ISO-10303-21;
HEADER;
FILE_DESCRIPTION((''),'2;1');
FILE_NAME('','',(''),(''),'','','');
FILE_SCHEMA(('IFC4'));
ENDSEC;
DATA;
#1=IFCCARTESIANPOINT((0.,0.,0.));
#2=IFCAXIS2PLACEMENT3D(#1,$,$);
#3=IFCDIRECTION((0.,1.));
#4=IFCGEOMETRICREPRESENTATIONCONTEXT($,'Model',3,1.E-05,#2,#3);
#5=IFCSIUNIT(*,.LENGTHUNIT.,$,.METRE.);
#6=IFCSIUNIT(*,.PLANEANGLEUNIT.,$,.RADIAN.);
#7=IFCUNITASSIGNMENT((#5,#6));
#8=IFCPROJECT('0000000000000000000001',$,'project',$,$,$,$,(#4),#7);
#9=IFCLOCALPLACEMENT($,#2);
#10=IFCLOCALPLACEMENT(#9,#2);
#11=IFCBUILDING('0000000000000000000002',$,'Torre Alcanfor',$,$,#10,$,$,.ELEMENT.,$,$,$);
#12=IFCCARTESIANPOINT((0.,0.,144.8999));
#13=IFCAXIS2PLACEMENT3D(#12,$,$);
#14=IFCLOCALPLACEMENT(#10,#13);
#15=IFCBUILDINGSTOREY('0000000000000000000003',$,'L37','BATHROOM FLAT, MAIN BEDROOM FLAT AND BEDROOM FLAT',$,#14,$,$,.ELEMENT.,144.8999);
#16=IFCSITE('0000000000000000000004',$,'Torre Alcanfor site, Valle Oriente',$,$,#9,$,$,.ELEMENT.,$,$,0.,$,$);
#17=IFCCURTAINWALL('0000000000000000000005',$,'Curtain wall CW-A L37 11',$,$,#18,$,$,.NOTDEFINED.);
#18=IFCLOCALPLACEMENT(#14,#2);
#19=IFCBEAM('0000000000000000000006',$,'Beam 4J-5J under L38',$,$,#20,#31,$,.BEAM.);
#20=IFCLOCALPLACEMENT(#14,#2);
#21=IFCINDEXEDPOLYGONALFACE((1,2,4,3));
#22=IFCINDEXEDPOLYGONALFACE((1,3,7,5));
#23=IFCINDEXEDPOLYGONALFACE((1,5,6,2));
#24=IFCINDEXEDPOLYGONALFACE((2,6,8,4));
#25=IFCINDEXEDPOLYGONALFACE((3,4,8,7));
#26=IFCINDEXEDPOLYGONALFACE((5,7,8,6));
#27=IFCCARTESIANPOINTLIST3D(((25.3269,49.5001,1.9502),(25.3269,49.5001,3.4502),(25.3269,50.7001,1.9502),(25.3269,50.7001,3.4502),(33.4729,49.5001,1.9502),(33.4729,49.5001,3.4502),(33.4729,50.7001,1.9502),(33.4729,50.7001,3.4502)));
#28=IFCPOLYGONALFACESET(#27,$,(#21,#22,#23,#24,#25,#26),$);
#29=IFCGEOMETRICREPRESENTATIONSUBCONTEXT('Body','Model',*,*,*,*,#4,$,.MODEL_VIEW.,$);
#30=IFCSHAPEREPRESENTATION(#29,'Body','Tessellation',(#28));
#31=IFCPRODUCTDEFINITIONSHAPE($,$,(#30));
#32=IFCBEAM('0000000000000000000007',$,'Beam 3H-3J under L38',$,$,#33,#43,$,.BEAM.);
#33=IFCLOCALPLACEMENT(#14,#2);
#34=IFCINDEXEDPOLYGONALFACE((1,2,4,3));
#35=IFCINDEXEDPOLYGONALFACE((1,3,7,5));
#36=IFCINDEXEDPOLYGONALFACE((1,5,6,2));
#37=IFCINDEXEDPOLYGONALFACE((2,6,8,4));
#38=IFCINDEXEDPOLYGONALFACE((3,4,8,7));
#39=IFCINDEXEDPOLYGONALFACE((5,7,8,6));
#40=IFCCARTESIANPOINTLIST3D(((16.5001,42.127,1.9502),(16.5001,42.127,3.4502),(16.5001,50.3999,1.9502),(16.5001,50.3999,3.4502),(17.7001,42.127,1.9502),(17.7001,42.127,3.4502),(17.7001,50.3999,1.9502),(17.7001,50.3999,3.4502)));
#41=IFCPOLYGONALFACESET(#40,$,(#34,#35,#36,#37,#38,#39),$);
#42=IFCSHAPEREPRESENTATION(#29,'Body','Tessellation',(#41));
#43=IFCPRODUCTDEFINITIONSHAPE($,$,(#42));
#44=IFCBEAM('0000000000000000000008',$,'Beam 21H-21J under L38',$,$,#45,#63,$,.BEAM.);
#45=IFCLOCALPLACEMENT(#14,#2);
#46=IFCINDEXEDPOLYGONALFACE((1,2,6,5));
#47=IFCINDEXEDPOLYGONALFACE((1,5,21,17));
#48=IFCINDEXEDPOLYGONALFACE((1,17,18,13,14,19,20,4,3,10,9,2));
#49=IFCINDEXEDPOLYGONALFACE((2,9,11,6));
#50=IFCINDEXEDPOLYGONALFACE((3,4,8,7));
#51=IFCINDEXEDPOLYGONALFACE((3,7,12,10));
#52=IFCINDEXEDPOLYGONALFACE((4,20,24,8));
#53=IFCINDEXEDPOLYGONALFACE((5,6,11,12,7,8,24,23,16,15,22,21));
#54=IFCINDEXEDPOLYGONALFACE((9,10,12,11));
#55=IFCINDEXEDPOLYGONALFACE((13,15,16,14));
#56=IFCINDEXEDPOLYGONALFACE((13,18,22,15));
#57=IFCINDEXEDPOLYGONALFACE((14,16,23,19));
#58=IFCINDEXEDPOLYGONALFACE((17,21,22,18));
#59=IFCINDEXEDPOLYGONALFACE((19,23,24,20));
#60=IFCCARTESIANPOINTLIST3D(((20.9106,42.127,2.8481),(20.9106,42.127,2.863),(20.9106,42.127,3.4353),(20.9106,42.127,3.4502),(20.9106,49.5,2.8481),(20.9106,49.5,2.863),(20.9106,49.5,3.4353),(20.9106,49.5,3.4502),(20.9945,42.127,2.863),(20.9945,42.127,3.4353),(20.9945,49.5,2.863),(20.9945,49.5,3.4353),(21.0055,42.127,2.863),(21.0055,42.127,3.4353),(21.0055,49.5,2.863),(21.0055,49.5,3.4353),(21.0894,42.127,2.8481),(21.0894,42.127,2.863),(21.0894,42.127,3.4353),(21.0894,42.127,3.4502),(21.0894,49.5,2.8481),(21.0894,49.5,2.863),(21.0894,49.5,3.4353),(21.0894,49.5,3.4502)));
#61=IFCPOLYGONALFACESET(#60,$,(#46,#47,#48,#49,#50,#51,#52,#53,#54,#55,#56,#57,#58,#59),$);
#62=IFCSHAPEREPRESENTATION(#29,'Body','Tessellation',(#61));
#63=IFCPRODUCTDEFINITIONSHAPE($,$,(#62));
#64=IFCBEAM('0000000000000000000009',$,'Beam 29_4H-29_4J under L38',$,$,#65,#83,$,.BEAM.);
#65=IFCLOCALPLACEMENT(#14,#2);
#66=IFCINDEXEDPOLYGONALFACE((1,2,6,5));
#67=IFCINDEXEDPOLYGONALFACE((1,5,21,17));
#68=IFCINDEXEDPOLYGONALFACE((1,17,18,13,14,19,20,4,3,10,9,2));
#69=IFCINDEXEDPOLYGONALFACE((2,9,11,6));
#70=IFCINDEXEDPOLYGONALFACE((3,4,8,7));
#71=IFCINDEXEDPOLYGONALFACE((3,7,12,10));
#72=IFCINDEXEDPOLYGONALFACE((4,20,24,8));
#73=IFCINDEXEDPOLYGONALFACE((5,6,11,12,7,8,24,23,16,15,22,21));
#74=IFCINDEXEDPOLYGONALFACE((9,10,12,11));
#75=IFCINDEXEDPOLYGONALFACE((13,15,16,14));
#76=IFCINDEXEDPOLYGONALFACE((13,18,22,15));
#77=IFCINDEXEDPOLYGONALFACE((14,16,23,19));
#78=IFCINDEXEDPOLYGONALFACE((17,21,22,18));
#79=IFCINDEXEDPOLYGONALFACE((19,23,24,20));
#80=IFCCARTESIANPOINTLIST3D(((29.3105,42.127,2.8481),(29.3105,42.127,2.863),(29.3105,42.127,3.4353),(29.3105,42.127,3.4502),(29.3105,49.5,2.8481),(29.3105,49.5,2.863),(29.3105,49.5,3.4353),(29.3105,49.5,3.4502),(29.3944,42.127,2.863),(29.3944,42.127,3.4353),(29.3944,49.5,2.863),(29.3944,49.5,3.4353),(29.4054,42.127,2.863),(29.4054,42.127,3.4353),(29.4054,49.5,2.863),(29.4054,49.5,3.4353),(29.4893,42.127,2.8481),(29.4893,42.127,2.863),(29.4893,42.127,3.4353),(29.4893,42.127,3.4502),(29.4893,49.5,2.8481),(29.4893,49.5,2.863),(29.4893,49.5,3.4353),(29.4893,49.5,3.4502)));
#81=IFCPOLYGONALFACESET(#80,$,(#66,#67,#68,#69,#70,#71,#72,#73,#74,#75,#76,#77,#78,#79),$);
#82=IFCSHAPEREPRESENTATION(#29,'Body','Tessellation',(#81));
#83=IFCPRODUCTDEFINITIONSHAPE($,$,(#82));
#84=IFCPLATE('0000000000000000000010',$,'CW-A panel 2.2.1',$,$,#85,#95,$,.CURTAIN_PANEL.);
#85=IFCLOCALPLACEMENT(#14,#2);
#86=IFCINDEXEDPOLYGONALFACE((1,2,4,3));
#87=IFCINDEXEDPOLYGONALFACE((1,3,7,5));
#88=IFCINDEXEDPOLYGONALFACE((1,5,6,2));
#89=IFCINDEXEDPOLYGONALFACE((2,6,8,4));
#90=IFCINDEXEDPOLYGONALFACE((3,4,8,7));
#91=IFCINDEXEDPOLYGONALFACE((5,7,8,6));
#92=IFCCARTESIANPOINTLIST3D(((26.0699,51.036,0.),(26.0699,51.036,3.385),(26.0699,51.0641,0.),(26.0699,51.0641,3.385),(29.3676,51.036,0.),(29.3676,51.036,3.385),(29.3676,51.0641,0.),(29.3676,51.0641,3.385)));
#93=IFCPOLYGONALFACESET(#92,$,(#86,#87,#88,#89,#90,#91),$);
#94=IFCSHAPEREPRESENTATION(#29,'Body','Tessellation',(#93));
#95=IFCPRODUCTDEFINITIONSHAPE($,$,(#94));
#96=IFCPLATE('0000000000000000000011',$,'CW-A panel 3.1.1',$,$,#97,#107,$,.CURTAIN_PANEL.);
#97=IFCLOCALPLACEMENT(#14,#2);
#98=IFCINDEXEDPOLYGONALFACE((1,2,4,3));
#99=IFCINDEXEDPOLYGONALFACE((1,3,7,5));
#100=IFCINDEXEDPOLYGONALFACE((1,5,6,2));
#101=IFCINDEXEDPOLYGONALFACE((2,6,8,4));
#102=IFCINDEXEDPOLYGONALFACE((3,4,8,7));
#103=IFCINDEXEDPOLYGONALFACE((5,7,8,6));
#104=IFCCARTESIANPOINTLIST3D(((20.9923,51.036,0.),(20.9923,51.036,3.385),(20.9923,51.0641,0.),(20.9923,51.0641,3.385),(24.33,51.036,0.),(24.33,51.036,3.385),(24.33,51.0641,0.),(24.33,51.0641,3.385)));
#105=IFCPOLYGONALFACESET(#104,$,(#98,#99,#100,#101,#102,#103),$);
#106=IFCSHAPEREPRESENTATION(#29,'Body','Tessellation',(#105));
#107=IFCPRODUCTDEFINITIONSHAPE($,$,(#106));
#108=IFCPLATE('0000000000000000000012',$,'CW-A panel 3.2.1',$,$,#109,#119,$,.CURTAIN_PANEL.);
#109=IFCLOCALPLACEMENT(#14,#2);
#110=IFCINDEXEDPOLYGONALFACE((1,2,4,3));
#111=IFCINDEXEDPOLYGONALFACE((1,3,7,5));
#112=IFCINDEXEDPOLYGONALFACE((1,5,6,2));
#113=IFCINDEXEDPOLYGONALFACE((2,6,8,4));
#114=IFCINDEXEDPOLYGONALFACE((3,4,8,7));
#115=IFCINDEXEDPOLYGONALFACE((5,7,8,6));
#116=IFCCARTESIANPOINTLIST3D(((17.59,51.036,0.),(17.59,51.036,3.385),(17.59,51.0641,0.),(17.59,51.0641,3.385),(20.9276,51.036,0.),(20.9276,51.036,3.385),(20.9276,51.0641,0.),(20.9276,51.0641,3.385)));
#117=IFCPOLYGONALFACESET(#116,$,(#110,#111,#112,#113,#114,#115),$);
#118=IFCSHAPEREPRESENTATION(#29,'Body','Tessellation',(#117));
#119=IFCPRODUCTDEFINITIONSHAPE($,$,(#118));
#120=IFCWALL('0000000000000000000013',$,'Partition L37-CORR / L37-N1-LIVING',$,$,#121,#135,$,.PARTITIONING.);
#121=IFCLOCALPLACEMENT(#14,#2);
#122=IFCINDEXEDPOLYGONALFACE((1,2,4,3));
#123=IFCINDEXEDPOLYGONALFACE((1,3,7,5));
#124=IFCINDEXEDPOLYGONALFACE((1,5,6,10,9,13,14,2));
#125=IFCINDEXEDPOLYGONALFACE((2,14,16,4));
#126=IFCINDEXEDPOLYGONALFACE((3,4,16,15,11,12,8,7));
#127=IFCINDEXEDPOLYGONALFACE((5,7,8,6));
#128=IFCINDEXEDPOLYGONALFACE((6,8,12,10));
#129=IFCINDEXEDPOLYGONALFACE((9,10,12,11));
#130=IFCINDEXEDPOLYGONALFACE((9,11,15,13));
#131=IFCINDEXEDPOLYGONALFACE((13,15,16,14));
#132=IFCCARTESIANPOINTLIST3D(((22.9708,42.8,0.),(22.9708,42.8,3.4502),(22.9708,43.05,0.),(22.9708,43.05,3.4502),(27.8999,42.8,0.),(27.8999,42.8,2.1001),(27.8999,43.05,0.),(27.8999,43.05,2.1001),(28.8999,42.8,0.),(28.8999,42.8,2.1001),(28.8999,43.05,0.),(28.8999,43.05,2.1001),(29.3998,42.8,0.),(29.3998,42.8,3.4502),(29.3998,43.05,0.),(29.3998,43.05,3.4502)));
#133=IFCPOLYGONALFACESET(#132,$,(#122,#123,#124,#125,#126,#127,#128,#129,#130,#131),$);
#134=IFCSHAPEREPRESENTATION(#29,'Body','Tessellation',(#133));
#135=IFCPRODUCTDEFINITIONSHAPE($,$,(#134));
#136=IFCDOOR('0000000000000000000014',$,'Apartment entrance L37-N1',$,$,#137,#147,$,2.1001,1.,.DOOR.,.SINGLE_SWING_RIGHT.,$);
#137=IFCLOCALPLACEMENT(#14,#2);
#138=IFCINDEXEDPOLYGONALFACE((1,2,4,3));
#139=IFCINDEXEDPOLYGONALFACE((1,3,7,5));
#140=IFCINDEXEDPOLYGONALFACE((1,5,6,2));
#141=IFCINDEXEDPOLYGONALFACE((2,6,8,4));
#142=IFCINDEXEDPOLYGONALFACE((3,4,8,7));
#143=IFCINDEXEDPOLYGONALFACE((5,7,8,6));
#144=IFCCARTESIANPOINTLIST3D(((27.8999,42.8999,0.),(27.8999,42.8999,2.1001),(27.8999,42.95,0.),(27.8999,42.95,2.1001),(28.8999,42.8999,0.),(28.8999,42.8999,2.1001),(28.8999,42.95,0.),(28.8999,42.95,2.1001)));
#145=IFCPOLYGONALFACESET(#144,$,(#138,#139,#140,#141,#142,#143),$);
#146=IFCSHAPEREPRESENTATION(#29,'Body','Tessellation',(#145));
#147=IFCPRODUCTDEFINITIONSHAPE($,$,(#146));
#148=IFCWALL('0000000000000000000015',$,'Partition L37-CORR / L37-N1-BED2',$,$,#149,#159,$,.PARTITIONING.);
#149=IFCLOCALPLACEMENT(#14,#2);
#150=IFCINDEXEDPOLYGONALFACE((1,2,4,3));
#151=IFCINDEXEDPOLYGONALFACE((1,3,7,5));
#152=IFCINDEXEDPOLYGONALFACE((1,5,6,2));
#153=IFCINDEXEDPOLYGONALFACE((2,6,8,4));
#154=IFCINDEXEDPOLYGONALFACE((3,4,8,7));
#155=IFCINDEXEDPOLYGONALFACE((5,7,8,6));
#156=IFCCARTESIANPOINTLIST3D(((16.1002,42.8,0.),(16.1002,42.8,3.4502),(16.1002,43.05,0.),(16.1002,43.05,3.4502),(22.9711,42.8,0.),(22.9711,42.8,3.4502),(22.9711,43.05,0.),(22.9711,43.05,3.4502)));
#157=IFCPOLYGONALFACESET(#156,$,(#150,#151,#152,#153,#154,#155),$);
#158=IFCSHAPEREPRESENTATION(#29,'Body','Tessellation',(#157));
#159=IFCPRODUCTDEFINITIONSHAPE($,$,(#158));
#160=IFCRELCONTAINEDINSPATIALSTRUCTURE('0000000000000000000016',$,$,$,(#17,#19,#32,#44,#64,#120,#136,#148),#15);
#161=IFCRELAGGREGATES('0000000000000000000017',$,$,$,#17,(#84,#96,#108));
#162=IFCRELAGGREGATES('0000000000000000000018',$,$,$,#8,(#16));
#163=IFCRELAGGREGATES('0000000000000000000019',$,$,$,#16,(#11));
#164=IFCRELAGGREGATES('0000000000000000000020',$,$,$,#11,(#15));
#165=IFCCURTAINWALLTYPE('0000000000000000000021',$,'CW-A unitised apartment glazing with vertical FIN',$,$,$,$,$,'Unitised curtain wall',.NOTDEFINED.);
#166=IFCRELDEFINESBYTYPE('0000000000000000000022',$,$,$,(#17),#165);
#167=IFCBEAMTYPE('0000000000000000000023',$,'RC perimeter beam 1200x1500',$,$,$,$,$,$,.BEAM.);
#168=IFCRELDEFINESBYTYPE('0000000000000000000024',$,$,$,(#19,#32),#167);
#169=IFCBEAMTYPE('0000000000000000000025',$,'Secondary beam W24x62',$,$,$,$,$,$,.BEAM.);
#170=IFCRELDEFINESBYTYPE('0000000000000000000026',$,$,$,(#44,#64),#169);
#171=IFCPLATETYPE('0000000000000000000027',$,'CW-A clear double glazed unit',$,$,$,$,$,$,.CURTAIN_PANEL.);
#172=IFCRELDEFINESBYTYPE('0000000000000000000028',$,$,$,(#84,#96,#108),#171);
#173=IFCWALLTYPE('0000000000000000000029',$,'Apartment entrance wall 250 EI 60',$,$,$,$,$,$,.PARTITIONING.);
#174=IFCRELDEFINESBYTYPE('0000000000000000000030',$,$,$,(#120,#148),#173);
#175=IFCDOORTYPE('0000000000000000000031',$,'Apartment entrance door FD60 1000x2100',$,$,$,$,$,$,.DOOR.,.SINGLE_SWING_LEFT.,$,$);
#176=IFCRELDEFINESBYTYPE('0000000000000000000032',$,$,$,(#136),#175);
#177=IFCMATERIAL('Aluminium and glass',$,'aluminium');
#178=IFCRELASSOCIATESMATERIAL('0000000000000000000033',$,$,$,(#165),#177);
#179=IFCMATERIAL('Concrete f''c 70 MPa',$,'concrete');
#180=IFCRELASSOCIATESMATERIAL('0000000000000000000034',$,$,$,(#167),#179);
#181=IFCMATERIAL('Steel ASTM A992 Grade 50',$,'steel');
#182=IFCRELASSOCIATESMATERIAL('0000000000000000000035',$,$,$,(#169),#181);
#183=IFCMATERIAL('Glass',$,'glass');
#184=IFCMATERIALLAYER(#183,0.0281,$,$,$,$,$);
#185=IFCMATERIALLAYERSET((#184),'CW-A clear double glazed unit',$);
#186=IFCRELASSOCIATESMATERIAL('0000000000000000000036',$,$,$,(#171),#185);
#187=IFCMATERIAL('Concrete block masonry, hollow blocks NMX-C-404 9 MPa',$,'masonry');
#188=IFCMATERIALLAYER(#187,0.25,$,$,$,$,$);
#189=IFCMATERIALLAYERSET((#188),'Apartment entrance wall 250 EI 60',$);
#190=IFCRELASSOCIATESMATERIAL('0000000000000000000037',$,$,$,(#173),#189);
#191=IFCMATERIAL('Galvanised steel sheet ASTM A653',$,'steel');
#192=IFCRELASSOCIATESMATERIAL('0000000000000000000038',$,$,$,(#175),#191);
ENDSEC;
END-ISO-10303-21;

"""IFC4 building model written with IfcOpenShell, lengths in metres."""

from ifc_helpers import new_model, si_unit, direction, frame, frame_2d, origin, origin_2d, place, context, subcontext, project, spatial, rectangle, i_section, extrude, material, layer, layer_set, material_profile, profile_set, type_object, element, fill, aggregate, save


model = new_model("IFC4")

# Units and contexts
model_context = context("Model", 3, precision=1e-05, world=origin(), true_north=direction((0.0, 1.0)))
body_context = subcontext(model_context, "Body", "Model", "MODEL_VIEW")
ifc_project = project(units=[si_unit("LENGTHUNIT", "METRE"), si_unit("PLANEANGLEUNIT", "RADIAN")], contexts=[model_context])

# Site, building, storey
site_placement = place(None, origin())
site = spatial("IfcSite", under=ifc_project, at=site_placement, Name="Torre Alcanfor site, Valle Oriente", CompositionType="ELEMENT", RefElevation=0.0)
building_placement = place(site_placement, origin())
building = spatial("IfcBuilding", under=site, at=building_placement, Name="Torre Alcanfor", CompositionType="ELEMENT")
storey_placement = place(building_placement, frame((0.0, 0.0, 144.8999)))
storey = spatial("IfcBuildingStorey", under=building, at=storey_placement, Name="L37", Description="BATHROOM FLAT, MAIN BEDROOM FLAT AND BEDROOM FLAT", CompositionType="ELEMENT", Elevation=144.8999)

# Curtain wall
ifc_material_1 = material(Name="Aluminium and glass", Category="aluminium")
curtain_wall_type = type_object("IfcCurtainWallType", Name="CW-A unitised apartment glazing with vertical FIN", ElementType="Unitised curtain wall", PredefinedType="NOTDEFINED", material=ifc_material_1)
curtain_wall_placement = place(storey_placement, origin())
curtain_wall = element("IfcCurtainWall", 1, at=curtain_wall_placement, inside=storey, type_object=curtain_wall_type, Name="Curtain wall CW-A L37 11", PredefinedType="NOTDEFINED")

# Beams
ifc_material_2 = material(Name="Concrete f'c 70 MPa", Category="concrete")
ifc_material_profile_1 = material_profile(ifc_material_2, rectangle(XDim=1.2, YDim=1.5, at=origin_2d()), Name="1200x1500")
ifc_profile_set_1 = profile_set([ifc_material_profile_1], Name="Concrete f'c 70 MPa")
beam_type_1 = type_object("IfcBeamType", Name="RC perimeter beam 1200x1500", PredefinedType="BEAM", material=ifc_profile_set_1)
beam_1_placement = place(storey_placement, frame((25.3269, 50.1001, 2.7002), z_axis=(1.0, 0.0, 0.0), x_axis=(0.0, 1.0, 0.0)))
element("IfcBeam", 2, at=beam_1_placement, inside=storey, type_object=beam_type_1, Name="Beam 4J-5J under L38", PredefinedType="BEAM", context=body_context, shape_type="SweptSolid", body=[
    extrude(rectangle(XDim=1.2, YDim=1.5, at=origin_2d()), origin(), (0.0, 0.0, 1.0), 8.146),
])
beam_2_placement = place(storey_placement, frame((17.1001, 42.127, 2.7002), z_axis=(0.0, 1.0, 0.0), x_axis=(-1.0, 0.0, 0.0)))
element("IfcBeam", 3, at=beam_2_placement, inside=storey, type_object=beam_type_1, Name="Beam 3H-3J under L38", PredefinedType="BEAM", context=body_context, shape_type="SweptSolid", body=[
    extrude(rectangle(XDim=1.2, YDim=1.5, at=origin_2d()), origin(), (0.0, 0.0, 1.0), 8.2729),
])
ifc_material_3 = material(Name="Steel ASTM A992 Grade 50", Category="steel")
ifc_material_profile_2 = material_profile(ifc_material_3, i_section(OverallWidth=0.1787, OverallDepth=0.6021, WebThickness=0.011, FlangeThickness=0.0149, at=origin_2d()), Name="W24x62")
ifc_profile_set_2 = profile_set([ifc_material_profile_2], Name="Steel ASTM A992 Grade 50")
beam_type_2 = type_object("IfcBeamType", Name="Secondary beam W24x62", PredefinedType="BEAM", material=ifc_profile_set_2)
for number, where, z_axis, x_axis, name in (
    (4, (21.0, 42.127, 3.1492), (0.0, 1.0, 0.0), (-1.0, 0.0, 0.0), "Beam 21H-21J under L38"),
    (5, (29.3999, 42.127, 3.1492), (0.0, 1.0, 0.0), (-1.0, 0.0, 0.0), "Beam 29_4H-29_4J under L38"),
):
    element("IfcBeam", number, at=place(storey_placement, frame(where, z_axis=z_axis, x_axis=x_axis)), inside=storey, type_object=beam_type_2, Name=name, PredefinedType="BEAM", context=body_context, shape_type="SweptSolid", body=[
        extrude(i_section(OverallWidth=0.1787, OverallDepth=0.6021, WebThickness=0.011, FlangeThickness=0.0149, at=origin_2d()), origin(), (0.0, 0.0, 1.0), 7.373),
    ])

# Plates
ifc_material_4 = material(Name="Glass", Category="glass")
ifc_layer_1 = layer(ifc_material_4, 0.0281)
ifc_layer_set_1 = layer_set([ifc_layer_1], Name="CW-A clear double glazed unit")
plate_type = type_object("IfcPlateType", Name="CW-A clear double glazed unit", PredefinedType="CURTAIN_PANEL", material=ifc_layer_set_1)
plate_1_placement = place(storey_placement, frame((27.7188, 51.05, 0.0), z_axis=(0.0, 0.0, 1.0), x_axis=(-1.0, 0.0, 0.0)))
plate_1 = element("IfcPlate", 6, at=plate_1_placement, type_object=plate_type, Name="CW-A panel 2.2.1", PredefinedType="CURTAIN_PANEL", context=body_context, shape_type="SweptSolid", body=[
    extrude(rectangle(XDim=3.2976, YDim=0.0281, at=origin_2d()), origin(), (0.0, 0.0, 1.0), 3.385),
])
plate_2_placement = place(storey_placement, frame((22.6611, 51.05, 0.0), z_axis=(0.0, 0.0, 1.0), x_axis=(-1.0, 0.0, 0.0)))
plate_2 = element("IfcPlate", 7, at=plate_2_placement, type_object=plate_type, Name="CW-A panel 3.1.1", PredefinedType="CURTAIN_PANEL", context=body_context, shape_type="SweptSolid", body=[
    extrude(rectangle(XDim=3.3376, YDim=0.0281, at=origin_2d()), origin(), (0.0, 0.0, 1.0), 3.385),
])
plate_3_placement = place(storey_placement, frame((19.2588, 51.05, 0.0), z_axis=(0.0, 0.0, 1.0), x_axis=(-1.0, 0.0, 0.0)))
plate_3 = element("IfcPlate", 8, at=plate_3_placement, type_object=plate_type, Name="CW-A panel 3.2.1", PredefinedType="CURTAIN_PANEL", context=body_context, shape_type="SweptSolid", body=[
    extrude(rectangle(XDim=3.3376, YDim=0.0281, at=origin_2d()), origin(), (0.0, 0.0, 1.0), 3.385),
])
aggregate(curtain_wall, [plate_1, plate_2, plate_3])

# Wall, opening, door
ifc_material_5 = material(Name="Concrete block masonry, hollow blocks NMX-C-404 9 MPa", Category="masonry")
ifc_layer_2 = layer(ifc_material_5, 0.25)
ifc_layer_set_2 = layer_set([ifc_layer_2], Name="Apartment entrance wall 250 EI 60")
wall_type_1 = type_object("IfcWallType", Name="Apartment entrance wall 250 EI 60", PredefinedType="PARTITIONING", material=ifc_layer_set_2)
wall_1_placement = place(storey_placement, frame((22.9709, 42.925, 0.0), z_axis=(0.0, 0.0, 1.0), x_axis=(1.0, 0.0, 0.0)))
wall_1 = element("IfcWall", 9, at=wall_1_placement, inside=storey, type_object=wall_type_1, Name="Partition L37-CORR / L37-N1-LIVING", PredefinedType="PARTITIONING", context=body_context, shape_type="SweptSolid", body=[
    extrude(rectangle(XDim=6.429, YDim=0.25, at=frame_2d((3.2144, 0.0))), origin(), (0.0, 0.0, 1.0), 3.4502),
])
opening_1_placement = place(wall_1_placement, frame((4.929, 0.0, 0.0)))
opening_1 = element("IfcOpeningElement", 10, at=opening_1_placement, cuts=wall_1, PredefinedType="OPENING", context=body_context, shape_type="SweptSolid", body=[
    extrude(rectangle(XDim=1.0, YDim=2.1001, at=frame_2d((0.5, 1.05))), frame((0.0, 0.135, 0.0), z_axis=(0.0, -1.0, 0.0), x_axis=(1.0, 0.0, 0.0)), (0.0, 0.0, 1.0), 0.27),
])
ifc_material_6 = material(Name="Galvanised steel sheet ASTM A653", Category="steel")
door_type_1 = type_object("IfcDoorType", Name="Apartment entrance door FD60 1000x2100", OperationType="SINGLE_SWING_LEFT", PredefinedType="DOOR", material=ifc_material_6)
door_1_placement = place(opening_1_placement, origin())
door_1 = element("IfcDoor", 11, at=door_1_placement, inside=storey, type_object=door_type_1, Name="Apartment entrance L37-N1", OperationType="SINGLE_SWING_RIGHT", OverallHeight=2.1001, OverallWidth=1.0, PredefinedType="DOOR", context=body_context, shape_type="SweptSolid", body=[
    extrude(rectangle(XDim=1.0, YDim=2.1001, at=frame_2d((0.5, 1.05))), frame((0.0, 0.0249, 0.0), z_axis=(0.0, -1.0, 0.0), x_axis=(1.0, 0.0, 0.0)), (0.0, 0.0, 1.0), 0.05),
])
fill(opening_1, door_1)

# Wall
wall_2_placement = place(storey_placement, frame((16.1001, 42.925, 0.0), z_axis=(0.0, 0.0, 1.0), x_axis=(1.0, 0.0, 0.0)))
element("IfcWall", 12, at=wall_2_placement, inside=storey, type_object=wall_type_1, Name="Partition L37-CORR / L37-N1-BED2", PredefinedType="PARTITIONING", context=body_context, shape_type="SweptSolid", body=[
    extrude(rectangle(XDim=6.8708, YDim=0.25, at=frame_2d((3.4355, 0.0))), origin(), (0.0, 0.0, 1.0), 3.4502),
])

save(model, "model.ifc")
